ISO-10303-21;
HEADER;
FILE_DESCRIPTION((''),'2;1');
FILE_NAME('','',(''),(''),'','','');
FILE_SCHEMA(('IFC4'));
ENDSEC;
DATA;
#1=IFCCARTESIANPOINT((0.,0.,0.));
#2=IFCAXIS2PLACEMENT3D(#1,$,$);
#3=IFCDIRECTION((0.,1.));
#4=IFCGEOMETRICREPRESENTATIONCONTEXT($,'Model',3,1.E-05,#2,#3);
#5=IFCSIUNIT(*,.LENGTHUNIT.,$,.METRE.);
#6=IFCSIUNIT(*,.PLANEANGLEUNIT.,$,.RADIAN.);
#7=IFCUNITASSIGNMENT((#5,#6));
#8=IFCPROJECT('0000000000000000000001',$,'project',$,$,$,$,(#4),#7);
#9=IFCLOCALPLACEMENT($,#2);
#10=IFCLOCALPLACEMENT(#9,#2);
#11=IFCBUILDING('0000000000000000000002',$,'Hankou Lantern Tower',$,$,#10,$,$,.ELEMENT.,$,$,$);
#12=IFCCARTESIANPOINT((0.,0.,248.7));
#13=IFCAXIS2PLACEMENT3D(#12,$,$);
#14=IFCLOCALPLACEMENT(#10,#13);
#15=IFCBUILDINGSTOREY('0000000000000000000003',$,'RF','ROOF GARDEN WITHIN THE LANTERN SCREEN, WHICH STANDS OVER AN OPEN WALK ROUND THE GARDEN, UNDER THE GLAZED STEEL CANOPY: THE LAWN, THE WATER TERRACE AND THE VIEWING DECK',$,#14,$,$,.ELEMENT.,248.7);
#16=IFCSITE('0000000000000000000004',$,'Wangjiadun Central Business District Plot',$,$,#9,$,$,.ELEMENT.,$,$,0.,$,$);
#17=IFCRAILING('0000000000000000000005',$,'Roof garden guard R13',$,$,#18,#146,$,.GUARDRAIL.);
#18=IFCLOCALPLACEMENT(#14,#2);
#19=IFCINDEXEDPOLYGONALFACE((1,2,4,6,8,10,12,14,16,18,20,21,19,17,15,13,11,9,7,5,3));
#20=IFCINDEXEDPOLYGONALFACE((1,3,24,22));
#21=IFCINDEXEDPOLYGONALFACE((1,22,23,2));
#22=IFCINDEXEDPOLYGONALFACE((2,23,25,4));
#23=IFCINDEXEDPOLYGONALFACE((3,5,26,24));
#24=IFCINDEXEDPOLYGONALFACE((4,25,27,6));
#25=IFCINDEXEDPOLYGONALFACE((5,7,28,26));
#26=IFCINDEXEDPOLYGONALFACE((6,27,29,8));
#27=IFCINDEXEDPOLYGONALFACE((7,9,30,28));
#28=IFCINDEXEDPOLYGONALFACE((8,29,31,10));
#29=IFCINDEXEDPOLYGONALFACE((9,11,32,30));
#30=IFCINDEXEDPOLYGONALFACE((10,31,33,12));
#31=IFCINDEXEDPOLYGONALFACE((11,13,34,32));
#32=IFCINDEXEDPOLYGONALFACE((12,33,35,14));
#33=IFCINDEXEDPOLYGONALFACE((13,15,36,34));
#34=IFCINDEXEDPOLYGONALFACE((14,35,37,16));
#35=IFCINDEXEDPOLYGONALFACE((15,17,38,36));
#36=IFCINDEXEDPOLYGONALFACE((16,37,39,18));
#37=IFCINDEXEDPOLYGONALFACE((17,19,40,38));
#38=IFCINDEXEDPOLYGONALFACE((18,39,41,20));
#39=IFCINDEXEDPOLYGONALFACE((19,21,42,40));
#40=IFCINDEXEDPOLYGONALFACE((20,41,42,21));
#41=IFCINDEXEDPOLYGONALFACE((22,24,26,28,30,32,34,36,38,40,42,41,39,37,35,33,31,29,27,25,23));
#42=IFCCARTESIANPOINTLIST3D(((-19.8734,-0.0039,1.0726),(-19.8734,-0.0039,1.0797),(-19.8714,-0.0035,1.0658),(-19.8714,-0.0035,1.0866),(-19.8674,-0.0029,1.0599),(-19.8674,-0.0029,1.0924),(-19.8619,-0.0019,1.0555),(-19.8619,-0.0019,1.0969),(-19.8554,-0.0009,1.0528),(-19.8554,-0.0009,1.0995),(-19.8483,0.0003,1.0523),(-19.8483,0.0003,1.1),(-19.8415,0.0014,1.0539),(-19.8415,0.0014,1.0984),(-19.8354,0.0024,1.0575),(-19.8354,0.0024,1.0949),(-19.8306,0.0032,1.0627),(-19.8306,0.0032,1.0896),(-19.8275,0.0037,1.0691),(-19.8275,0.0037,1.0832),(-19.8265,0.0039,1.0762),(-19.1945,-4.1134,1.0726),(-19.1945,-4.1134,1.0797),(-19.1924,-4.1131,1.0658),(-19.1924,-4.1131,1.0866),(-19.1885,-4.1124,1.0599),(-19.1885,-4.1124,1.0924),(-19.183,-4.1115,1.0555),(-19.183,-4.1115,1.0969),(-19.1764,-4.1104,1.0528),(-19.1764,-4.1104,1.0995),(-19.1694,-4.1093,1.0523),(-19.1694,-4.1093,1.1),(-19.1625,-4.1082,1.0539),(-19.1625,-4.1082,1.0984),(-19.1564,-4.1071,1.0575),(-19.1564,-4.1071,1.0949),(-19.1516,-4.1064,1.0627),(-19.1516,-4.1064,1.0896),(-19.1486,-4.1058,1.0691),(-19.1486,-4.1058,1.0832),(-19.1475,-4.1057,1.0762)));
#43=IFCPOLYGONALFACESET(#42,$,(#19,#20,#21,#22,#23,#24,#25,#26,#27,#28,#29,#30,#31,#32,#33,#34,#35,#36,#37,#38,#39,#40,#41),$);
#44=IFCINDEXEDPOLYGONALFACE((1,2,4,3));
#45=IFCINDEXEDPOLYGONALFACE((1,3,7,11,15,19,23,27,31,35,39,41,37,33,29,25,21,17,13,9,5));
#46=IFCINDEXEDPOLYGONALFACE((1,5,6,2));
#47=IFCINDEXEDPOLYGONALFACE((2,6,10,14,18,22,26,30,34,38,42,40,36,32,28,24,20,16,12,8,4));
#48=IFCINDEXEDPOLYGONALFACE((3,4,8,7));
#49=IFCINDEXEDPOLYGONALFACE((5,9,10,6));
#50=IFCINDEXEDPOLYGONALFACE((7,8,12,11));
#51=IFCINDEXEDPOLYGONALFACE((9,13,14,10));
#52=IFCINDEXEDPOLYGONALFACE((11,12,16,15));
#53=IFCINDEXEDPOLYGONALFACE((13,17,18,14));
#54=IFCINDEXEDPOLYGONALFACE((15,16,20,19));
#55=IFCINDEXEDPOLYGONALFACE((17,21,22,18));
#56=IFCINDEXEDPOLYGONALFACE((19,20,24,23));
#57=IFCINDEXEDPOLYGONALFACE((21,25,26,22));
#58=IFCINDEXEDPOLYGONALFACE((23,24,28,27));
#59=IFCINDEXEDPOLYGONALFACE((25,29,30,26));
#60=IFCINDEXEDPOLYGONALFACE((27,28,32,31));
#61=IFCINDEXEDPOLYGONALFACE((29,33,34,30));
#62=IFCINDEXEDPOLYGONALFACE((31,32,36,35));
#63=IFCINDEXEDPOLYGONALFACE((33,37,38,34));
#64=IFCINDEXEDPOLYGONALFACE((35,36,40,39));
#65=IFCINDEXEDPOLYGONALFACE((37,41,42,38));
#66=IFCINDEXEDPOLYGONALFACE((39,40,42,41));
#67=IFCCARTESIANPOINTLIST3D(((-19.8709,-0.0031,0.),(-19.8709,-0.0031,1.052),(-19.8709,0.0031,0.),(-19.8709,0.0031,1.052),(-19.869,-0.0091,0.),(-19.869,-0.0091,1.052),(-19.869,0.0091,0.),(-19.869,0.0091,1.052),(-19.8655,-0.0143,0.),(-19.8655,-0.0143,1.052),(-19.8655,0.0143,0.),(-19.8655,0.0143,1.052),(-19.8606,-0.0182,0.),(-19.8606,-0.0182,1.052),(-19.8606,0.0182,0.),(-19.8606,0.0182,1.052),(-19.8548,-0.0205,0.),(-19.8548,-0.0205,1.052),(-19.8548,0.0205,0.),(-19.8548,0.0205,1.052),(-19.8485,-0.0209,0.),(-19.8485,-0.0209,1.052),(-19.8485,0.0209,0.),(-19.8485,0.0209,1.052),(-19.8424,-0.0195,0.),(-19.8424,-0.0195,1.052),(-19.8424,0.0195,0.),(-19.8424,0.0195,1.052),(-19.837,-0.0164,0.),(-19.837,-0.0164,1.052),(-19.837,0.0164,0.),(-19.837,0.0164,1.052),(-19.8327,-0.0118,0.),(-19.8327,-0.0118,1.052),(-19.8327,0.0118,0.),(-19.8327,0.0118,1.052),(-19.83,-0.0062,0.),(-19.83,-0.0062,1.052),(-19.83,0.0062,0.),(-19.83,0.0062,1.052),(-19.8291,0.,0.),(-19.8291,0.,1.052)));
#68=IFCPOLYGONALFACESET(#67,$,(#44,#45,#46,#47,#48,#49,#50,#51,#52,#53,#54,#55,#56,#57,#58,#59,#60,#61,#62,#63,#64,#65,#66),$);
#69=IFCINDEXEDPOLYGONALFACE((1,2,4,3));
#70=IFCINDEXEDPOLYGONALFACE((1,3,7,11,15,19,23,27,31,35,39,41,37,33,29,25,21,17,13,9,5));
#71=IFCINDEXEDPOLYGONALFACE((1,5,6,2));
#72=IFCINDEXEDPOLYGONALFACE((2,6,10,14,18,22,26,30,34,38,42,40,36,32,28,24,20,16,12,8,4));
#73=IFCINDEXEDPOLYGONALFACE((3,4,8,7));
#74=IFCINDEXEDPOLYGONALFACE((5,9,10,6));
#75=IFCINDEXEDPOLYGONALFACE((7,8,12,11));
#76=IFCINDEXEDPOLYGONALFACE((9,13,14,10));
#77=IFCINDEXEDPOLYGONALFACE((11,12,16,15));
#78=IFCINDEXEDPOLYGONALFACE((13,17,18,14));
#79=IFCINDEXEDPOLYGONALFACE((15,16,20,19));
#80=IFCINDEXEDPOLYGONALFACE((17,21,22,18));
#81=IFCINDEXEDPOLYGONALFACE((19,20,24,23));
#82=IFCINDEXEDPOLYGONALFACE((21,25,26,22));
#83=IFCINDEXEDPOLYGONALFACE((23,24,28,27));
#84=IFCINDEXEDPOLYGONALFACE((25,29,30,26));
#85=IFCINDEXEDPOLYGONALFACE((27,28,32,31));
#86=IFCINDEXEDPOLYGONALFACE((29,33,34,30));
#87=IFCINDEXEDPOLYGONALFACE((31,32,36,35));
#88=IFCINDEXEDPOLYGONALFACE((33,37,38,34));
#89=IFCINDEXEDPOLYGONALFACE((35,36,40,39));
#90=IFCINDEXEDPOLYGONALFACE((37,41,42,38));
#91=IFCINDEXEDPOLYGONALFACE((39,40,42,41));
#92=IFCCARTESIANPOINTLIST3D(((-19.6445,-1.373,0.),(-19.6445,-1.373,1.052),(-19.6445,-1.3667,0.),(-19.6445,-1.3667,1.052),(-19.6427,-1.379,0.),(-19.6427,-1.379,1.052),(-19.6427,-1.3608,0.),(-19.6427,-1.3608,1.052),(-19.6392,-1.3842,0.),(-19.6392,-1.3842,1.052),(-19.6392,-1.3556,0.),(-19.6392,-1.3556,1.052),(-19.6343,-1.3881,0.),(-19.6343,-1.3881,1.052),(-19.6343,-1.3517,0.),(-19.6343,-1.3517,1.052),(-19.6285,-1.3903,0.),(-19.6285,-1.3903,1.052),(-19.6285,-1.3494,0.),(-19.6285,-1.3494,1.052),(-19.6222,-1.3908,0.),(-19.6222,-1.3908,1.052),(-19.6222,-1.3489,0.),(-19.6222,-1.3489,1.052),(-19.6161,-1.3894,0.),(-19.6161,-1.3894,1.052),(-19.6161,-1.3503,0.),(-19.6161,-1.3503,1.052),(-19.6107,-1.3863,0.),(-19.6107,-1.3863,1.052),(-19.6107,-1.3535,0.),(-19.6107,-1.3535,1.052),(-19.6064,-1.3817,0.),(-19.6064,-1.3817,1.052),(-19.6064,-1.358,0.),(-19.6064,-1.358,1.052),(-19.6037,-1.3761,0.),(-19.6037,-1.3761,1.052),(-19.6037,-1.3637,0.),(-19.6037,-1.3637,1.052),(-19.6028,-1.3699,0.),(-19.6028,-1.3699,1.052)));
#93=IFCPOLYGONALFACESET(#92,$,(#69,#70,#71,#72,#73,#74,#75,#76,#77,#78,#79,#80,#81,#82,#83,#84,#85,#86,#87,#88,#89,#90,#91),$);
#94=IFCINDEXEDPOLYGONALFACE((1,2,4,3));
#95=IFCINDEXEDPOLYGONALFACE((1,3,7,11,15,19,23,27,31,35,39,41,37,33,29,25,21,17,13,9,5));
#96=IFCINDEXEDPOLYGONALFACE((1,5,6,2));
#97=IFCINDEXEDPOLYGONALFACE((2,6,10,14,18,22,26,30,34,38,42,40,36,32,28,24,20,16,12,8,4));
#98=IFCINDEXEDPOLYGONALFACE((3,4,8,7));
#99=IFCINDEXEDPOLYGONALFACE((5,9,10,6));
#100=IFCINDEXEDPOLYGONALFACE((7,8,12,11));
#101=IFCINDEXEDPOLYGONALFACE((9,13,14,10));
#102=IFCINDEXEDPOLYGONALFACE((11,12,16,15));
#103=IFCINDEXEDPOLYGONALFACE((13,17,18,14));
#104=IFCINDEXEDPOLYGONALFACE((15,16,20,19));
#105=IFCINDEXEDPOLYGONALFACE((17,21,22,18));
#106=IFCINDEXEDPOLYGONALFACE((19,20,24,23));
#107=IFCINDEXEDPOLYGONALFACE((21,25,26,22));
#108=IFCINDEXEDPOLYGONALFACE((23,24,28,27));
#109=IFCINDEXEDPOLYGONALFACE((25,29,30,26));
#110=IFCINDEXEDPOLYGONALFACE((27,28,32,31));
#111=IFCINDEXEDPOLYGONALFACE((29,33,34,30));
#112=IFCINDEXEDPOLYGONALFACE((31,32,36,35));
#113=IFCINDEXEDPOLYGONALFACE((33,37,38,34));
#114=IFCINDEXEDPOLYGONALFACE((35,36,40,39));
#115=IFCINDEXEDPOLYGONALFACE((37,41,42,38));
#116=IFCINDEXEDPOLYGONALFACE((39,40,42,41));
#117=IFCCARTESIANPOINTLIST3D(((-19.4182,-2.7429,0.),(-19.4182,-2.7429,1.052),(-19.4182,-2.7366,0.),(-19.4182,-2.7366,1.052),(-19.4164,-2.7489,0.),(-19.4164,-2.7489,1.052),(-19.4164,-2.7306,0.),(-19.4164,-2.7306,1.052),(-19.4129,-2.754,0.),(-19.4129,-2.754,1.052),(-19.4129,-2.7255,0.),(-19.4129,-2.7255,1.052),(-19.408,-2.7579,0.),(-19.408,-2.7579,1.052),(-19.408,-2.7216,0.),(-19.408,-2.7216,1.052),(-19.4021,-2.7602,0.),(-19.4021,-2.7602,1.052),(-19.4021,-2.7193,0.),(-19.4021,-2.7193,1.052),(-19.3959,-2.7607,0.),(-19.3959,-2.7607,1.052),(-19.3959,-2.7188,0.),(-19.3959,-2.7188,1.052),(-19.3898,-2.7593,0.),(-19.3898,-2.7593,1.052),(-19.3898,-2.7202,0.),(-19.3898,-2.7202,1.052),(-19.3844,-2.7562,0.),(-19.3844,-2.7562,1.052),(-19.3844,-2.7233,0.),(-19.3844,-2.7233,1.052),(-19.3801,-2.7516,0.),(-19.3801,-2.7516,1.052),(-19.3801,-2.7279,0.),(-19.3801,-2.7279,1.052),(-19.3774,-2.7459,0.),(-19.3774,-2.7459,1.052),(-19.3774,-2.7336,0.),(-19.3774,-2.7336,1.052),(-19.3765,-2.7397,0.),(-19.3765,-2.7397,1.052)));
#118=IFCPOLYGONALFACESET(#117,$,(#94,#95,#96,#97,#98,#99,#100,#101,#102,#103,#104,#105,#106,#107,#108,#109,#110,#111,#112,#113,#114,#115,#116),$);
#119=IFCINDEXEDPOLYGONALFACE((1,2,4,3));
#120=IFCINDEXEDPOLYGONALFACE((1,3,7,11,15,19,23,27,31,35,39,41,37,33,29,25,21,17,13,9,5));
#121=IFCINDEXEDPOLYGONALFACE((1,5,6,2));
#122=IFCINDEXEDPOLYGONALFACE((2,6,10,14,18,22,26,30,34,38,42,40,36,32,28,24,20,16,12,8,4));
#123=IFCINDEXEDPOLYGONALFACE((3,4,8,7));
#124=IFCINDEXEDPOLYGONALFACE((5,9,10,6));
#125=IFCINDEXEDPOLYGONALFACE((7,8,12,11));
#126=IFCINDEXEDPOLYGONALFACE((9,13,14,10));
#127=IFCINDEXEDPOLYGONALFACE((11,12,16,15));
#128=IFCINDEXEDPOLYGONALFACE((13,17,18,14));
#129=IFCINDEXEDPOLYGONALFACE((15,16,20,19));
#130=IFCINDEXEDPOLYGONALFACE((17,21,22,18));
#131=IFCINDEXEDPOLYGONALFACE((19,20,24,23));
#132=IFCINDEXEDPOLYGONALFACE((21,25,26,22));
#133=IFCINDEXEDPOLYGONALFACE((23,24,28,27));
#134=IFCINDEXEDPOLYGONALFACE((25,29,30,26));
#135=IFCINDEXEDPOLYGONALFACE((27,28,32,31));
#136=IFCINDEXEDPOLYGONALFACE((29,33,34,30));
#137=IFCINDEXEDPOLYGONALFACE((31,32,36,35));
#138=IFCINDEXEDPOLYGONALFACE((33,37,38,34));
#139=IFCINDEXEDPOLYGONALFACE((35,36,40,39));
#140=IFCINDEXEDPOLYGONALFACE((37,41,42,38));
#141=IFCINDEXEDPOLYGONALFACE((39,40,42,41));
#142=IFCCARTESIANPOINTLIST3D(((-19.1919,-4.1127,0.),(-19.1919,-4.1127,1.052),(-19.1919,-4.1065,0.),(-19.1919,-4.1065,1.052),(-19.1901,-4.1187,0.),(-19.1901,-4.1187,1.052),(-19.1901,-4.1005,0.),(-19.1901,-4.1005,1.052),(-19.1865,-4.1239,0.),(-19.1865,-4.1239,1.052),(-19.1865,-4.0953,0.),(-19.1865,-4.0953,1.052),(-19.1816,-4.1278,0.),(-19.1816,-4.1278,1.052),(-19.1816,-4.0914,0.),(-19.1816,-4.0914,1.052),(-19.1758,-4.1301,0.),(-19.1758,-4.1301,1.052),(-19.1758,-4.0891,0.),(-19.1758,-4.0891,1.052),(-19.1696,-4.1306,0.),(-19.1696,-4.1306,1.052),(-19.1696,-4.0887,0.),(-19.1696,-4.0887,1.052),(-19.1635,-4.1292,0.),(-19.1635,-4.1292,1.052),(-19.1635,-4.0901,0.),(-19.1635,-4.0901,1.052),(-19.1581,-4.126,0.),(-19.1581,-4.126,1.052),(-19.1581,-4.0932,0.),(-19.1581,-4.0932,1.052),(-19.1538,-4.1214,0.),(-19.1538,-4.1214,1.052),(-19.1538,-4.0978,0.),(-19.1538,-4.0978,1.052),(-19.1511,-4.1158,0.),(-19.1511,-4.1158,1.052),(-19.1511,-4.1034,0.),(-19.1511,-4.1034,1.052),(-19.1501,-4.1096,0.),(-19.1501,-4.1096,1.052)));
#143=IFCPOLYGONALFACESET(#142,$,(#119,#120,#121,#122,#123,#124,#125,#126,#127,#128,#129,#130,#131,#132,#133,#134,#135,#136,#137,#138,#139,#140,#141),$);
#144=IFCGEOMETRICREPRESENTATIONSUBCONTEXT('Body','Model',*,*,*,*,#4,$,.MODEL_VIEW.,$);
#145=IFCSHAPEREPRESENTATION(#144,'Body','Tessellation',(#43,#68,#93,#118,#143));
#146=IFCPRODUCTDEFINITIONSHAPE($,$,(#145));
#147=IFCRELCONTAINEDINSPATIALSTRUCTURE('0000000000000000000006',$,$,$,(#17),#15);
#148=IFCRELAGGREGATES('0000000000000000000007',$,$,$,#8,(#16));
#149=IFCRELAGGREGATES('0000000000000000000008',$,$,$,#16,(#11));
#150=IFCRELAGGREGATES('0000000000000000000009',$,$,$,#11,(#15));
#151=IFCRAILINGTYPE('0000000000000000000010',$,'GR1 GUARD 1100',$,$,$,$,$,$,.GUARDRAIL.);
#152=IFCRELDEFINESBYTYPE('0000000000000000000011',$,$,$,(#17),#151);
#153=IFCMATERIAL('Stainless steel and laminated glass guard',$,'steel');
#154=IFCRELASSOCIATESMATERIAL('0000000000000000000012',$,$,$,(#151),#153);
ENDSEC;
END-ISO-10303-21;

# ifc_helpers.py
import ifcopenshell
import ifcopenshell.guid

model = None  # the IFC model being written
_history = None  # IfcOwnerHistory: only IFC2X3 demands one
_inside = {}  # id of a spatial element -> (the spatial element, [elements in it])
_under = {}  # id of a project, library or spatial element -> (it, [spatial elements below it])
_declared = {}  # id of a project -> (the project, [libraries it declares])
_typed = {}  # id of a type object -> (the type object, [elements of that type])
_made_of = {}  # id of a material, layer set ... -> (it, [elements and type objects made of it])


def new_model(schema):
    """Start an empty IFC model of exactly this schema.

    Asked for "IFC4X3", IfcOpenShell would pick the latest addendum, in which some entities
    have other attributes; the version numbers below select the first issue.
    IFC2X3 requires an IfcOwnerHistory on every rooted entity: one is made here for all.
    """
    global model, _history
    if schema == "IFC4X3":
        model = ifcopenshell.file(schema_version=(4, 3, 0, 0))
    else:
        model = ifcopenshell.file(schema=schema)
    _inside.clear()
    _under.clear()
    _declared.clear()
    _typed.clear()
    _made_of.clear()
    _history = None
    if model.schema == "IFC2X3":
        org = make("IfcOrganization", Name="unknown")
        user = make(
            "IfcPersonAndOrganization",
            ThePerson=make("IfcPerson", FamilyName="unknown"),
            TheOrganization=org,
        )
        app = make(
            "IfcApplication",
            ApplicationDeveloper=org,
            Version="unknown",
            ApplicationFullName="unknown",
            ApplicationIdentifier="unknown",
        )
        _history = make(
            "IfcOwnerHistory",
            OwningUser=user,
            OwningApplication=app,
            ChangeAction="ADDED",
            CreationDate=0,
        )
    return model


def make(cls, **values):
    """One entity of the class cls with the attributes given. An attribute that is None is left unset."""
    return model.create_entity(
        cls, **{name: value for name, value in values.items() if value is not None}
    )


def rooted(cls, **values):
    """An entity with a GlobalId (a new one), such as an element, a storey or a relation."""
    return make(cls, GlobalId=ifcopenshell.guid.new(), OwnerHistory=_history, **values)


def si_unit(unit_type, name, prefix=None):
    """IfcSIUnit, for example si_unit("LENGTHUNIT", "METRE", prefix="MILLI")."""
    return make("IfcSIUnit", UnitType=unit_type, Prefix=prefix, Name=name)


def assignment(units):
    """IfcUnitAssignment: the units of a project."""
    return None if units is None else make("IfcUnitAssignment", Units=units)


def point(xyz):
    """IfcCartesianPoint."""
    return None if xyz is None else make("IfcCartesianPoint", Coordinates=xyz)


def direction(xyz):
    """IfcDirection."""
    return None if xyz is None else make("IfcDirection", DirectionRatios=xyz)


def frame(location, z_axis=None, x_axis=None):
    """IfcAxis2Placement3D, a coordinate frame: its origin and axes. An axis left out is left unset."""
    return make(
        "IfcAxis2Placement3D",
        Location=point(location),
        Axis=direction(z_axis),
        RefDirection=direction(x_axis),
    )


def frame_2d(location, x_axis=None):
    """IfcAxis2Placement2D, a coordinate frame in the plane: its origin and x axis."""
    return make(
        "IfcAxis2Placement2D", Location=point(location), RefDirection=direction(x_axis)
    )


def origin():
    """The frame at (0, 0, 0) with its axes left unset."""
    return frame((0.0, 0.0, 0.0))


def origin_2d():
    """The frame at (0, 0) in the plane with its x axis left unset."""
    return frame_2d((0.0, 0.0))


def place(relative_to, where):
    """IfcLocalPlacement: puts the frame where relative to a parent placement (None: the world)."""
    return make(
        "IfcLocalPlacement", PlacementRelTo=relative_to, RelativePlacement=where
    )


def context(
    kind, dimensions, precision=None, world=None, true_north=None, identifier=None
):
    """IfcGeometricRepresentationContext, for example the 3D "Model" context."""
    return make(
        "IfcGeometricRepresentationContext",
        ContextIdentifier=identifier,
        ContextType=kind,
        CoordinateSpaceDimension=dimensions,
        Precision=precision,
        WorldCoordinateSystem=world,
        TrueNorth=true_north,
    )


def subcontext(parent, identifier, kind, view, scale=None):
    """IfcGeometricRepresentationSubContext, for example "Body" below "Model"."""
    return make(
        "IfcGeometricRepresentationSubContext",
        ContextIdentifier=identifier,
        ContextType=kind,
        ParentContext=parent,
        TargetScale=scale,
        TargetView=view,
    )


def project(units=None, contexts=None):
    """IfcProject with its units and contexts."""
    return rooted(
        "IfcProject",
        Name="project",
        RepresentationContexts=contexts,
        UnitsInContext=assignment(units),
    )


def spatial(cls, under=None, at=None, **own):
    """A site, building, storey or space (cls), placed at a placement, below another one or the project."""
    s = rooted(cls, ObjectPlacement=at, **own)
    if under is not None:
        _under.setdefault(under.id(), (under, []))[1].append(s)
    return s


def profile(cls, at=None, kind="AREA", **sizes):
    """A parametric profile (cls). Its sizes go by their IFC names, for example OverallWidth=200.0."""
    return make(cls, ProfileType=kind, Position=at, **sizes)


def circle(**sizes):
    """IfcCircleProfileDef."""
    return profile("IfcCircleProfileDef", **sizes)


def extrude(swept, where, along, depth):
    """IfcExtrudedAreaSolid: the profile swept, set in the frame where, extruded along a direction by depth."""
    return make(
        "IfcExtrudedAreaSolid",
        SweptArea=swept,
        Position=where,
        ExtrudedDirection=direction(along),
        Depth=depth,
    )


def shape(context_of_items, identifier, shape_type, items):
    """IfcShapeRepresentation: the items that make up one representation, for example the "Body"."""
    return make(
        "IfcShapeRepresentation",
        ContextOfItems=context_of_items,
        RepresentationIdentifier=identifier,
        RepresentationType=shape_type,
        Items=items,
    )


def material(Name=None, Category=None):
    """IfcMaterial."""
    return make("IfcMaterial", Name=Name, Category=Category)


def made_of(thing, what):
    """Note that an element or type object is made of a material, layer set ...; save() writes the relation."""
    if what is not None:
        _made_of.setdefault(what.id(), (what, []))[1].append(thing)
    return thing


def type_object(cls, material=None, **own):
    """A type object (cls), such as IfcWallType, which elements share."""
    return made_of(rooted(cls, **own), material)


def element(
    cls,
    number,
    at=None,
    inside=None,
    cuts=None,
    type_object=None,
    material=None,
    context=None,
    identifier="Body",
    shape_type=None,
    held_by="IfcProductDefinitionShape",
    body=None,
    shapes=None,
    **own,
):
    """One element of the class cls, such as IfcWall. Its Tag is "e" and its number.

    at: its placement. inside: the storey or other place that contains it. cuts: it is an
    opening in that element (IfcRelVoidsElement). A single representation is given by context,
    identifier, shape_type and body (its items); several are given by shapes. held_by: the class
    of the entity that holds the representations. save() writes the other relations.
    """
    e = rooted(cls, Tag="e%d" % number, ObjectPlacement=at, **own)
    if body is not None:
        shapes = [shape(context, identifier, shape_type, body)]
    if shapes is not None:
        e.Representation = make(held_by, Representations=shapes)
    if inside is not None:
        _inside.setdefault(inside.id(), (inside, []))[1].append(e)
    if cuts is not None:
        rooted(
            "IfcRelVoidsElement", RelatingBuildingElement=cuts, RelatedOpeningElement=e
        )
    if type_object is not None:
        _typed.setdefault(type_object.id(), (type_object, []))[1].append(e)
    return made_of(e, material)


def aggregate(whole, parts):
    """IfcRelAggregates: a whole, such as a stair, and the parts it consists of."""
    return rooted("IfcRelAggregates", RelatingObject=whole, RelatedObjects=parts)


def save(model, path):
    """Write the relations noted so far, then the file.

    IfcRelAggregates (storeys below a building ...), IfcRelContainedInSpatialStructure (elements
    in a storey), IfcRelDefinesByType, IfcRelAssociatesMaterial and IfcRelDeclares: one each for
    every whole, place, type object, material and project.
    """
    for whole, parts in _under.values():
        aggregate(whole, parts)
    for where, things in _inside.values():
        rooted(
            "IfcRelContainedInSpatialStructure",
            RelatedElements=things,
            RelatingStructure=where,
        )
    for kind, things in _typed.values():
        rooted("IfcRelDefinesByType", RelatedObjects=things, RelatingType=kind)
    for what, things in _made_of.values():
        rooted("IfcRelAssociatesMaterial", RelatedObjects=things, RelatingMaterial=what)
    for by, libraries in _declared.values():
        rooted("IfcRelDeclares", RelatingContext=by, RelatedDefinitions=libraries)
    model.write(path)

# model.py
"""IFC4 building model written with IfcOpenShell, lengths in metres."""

from ifc_helpers import new_model, si_unit, direction, frame, origin, origin_2d, place, context, subcontext, project, spatial, circle, extrude, material, type_object, element, save


model = new_model("IFC4")

# Units and contexts
model_context = context("Model", 3, precision=1e-05, world=origin(), true_north=direction((0.0, 1.0)))
body_context = subcontext(model_context, "Body", "Model", "MODEL_VIEW")
ifc_project = project(units=[si_unit("LENGTHUNIT", "METRE"), si_unit("PLANEANGLEUNIT", "RADIAN")], contexts=[model_context])

# Site, building, storey
site_placement = place(None, origin())
site = spatial("IfcSite", under=ifc_project, at=site_placement, Name="Wangjiadun Central Business District Plot", CompositionType="ELEMENT", RefElevation=0.0)
building_placement = place(site_placement, origin())
building = spatial("IfcBuilding", under=site, at=building_placement, Name="Hankou Lantern Tower", CompositionType="ELEMENT")
storey_placement = place(building_placement, frame((0.0, 0.0, 248.7)))
storey = spatial("IfcBuildingStorey", under=building, at=storey_placement, Name="RF", Description="ROOF GARDEN WITHIN THE LANTERN SCREEN, WHICH STANDS OVER AN OPEN WALK ROUND THE GARDEN, UNDER THE GLAZED STEEL CANOPY: THE LAWN, THE WATER TERRACE AND THE VIEWING DECK", CompositionType="ELEMENT", Elevation=248.7)

# Railing
ifc_material_1 = material(Name="Stainless steel and laminated glass guard", Category="steel")
railing_type = type_object("IfcRailingType", Name="GR1 GUARD 1100", PredefinedType="GUARDRAIL", material=ifc_material_1)
railing_1_placement = place(storey_placement, frame((-19.8501, 0.0, 0.0)))
element("IfcRailing", 1, at=railing_1_placement, inside=storey, type_object=railing_type, Name="Roof garden guard R13", PredefinedType="GUARDRAIL", context=body_context, shape_type="SweptSolid", body=[
    extrude(circle(Radius=0.0239, at=origin_2d()), frame((0.0, 0.0, 1.0762), z_axis=(0.163002, -0.986626, 0.0), x_axis=(0.986626, 0.163002, 0.0)), (0.0, 0.0, 1.0), 4.1653),
    extrude(circle(Radius=0.021, at=origin_2d()), origin(), (0.0, 0.0, 1.0), 1.052),
    extrude(circle(Radius=0.021, at=origin_2d()), frame((0.2263, -1.3699, 0.0)), (0.0, 0.0, 1.0), 1.052),
    extrude(circle(Radius=0.021, at=origin_2d()), frame((0.4526, -2.7397, 0.0)), (0.0, 0.0, 1.0), 1.052),
    extrude(circle(Radius=0.021, at=origin_2d()), frame((0.679, -4.1096, 0.0)), (0.0, 0.0, 1.0), 1.052),
])

save(model, "model.ifc")
